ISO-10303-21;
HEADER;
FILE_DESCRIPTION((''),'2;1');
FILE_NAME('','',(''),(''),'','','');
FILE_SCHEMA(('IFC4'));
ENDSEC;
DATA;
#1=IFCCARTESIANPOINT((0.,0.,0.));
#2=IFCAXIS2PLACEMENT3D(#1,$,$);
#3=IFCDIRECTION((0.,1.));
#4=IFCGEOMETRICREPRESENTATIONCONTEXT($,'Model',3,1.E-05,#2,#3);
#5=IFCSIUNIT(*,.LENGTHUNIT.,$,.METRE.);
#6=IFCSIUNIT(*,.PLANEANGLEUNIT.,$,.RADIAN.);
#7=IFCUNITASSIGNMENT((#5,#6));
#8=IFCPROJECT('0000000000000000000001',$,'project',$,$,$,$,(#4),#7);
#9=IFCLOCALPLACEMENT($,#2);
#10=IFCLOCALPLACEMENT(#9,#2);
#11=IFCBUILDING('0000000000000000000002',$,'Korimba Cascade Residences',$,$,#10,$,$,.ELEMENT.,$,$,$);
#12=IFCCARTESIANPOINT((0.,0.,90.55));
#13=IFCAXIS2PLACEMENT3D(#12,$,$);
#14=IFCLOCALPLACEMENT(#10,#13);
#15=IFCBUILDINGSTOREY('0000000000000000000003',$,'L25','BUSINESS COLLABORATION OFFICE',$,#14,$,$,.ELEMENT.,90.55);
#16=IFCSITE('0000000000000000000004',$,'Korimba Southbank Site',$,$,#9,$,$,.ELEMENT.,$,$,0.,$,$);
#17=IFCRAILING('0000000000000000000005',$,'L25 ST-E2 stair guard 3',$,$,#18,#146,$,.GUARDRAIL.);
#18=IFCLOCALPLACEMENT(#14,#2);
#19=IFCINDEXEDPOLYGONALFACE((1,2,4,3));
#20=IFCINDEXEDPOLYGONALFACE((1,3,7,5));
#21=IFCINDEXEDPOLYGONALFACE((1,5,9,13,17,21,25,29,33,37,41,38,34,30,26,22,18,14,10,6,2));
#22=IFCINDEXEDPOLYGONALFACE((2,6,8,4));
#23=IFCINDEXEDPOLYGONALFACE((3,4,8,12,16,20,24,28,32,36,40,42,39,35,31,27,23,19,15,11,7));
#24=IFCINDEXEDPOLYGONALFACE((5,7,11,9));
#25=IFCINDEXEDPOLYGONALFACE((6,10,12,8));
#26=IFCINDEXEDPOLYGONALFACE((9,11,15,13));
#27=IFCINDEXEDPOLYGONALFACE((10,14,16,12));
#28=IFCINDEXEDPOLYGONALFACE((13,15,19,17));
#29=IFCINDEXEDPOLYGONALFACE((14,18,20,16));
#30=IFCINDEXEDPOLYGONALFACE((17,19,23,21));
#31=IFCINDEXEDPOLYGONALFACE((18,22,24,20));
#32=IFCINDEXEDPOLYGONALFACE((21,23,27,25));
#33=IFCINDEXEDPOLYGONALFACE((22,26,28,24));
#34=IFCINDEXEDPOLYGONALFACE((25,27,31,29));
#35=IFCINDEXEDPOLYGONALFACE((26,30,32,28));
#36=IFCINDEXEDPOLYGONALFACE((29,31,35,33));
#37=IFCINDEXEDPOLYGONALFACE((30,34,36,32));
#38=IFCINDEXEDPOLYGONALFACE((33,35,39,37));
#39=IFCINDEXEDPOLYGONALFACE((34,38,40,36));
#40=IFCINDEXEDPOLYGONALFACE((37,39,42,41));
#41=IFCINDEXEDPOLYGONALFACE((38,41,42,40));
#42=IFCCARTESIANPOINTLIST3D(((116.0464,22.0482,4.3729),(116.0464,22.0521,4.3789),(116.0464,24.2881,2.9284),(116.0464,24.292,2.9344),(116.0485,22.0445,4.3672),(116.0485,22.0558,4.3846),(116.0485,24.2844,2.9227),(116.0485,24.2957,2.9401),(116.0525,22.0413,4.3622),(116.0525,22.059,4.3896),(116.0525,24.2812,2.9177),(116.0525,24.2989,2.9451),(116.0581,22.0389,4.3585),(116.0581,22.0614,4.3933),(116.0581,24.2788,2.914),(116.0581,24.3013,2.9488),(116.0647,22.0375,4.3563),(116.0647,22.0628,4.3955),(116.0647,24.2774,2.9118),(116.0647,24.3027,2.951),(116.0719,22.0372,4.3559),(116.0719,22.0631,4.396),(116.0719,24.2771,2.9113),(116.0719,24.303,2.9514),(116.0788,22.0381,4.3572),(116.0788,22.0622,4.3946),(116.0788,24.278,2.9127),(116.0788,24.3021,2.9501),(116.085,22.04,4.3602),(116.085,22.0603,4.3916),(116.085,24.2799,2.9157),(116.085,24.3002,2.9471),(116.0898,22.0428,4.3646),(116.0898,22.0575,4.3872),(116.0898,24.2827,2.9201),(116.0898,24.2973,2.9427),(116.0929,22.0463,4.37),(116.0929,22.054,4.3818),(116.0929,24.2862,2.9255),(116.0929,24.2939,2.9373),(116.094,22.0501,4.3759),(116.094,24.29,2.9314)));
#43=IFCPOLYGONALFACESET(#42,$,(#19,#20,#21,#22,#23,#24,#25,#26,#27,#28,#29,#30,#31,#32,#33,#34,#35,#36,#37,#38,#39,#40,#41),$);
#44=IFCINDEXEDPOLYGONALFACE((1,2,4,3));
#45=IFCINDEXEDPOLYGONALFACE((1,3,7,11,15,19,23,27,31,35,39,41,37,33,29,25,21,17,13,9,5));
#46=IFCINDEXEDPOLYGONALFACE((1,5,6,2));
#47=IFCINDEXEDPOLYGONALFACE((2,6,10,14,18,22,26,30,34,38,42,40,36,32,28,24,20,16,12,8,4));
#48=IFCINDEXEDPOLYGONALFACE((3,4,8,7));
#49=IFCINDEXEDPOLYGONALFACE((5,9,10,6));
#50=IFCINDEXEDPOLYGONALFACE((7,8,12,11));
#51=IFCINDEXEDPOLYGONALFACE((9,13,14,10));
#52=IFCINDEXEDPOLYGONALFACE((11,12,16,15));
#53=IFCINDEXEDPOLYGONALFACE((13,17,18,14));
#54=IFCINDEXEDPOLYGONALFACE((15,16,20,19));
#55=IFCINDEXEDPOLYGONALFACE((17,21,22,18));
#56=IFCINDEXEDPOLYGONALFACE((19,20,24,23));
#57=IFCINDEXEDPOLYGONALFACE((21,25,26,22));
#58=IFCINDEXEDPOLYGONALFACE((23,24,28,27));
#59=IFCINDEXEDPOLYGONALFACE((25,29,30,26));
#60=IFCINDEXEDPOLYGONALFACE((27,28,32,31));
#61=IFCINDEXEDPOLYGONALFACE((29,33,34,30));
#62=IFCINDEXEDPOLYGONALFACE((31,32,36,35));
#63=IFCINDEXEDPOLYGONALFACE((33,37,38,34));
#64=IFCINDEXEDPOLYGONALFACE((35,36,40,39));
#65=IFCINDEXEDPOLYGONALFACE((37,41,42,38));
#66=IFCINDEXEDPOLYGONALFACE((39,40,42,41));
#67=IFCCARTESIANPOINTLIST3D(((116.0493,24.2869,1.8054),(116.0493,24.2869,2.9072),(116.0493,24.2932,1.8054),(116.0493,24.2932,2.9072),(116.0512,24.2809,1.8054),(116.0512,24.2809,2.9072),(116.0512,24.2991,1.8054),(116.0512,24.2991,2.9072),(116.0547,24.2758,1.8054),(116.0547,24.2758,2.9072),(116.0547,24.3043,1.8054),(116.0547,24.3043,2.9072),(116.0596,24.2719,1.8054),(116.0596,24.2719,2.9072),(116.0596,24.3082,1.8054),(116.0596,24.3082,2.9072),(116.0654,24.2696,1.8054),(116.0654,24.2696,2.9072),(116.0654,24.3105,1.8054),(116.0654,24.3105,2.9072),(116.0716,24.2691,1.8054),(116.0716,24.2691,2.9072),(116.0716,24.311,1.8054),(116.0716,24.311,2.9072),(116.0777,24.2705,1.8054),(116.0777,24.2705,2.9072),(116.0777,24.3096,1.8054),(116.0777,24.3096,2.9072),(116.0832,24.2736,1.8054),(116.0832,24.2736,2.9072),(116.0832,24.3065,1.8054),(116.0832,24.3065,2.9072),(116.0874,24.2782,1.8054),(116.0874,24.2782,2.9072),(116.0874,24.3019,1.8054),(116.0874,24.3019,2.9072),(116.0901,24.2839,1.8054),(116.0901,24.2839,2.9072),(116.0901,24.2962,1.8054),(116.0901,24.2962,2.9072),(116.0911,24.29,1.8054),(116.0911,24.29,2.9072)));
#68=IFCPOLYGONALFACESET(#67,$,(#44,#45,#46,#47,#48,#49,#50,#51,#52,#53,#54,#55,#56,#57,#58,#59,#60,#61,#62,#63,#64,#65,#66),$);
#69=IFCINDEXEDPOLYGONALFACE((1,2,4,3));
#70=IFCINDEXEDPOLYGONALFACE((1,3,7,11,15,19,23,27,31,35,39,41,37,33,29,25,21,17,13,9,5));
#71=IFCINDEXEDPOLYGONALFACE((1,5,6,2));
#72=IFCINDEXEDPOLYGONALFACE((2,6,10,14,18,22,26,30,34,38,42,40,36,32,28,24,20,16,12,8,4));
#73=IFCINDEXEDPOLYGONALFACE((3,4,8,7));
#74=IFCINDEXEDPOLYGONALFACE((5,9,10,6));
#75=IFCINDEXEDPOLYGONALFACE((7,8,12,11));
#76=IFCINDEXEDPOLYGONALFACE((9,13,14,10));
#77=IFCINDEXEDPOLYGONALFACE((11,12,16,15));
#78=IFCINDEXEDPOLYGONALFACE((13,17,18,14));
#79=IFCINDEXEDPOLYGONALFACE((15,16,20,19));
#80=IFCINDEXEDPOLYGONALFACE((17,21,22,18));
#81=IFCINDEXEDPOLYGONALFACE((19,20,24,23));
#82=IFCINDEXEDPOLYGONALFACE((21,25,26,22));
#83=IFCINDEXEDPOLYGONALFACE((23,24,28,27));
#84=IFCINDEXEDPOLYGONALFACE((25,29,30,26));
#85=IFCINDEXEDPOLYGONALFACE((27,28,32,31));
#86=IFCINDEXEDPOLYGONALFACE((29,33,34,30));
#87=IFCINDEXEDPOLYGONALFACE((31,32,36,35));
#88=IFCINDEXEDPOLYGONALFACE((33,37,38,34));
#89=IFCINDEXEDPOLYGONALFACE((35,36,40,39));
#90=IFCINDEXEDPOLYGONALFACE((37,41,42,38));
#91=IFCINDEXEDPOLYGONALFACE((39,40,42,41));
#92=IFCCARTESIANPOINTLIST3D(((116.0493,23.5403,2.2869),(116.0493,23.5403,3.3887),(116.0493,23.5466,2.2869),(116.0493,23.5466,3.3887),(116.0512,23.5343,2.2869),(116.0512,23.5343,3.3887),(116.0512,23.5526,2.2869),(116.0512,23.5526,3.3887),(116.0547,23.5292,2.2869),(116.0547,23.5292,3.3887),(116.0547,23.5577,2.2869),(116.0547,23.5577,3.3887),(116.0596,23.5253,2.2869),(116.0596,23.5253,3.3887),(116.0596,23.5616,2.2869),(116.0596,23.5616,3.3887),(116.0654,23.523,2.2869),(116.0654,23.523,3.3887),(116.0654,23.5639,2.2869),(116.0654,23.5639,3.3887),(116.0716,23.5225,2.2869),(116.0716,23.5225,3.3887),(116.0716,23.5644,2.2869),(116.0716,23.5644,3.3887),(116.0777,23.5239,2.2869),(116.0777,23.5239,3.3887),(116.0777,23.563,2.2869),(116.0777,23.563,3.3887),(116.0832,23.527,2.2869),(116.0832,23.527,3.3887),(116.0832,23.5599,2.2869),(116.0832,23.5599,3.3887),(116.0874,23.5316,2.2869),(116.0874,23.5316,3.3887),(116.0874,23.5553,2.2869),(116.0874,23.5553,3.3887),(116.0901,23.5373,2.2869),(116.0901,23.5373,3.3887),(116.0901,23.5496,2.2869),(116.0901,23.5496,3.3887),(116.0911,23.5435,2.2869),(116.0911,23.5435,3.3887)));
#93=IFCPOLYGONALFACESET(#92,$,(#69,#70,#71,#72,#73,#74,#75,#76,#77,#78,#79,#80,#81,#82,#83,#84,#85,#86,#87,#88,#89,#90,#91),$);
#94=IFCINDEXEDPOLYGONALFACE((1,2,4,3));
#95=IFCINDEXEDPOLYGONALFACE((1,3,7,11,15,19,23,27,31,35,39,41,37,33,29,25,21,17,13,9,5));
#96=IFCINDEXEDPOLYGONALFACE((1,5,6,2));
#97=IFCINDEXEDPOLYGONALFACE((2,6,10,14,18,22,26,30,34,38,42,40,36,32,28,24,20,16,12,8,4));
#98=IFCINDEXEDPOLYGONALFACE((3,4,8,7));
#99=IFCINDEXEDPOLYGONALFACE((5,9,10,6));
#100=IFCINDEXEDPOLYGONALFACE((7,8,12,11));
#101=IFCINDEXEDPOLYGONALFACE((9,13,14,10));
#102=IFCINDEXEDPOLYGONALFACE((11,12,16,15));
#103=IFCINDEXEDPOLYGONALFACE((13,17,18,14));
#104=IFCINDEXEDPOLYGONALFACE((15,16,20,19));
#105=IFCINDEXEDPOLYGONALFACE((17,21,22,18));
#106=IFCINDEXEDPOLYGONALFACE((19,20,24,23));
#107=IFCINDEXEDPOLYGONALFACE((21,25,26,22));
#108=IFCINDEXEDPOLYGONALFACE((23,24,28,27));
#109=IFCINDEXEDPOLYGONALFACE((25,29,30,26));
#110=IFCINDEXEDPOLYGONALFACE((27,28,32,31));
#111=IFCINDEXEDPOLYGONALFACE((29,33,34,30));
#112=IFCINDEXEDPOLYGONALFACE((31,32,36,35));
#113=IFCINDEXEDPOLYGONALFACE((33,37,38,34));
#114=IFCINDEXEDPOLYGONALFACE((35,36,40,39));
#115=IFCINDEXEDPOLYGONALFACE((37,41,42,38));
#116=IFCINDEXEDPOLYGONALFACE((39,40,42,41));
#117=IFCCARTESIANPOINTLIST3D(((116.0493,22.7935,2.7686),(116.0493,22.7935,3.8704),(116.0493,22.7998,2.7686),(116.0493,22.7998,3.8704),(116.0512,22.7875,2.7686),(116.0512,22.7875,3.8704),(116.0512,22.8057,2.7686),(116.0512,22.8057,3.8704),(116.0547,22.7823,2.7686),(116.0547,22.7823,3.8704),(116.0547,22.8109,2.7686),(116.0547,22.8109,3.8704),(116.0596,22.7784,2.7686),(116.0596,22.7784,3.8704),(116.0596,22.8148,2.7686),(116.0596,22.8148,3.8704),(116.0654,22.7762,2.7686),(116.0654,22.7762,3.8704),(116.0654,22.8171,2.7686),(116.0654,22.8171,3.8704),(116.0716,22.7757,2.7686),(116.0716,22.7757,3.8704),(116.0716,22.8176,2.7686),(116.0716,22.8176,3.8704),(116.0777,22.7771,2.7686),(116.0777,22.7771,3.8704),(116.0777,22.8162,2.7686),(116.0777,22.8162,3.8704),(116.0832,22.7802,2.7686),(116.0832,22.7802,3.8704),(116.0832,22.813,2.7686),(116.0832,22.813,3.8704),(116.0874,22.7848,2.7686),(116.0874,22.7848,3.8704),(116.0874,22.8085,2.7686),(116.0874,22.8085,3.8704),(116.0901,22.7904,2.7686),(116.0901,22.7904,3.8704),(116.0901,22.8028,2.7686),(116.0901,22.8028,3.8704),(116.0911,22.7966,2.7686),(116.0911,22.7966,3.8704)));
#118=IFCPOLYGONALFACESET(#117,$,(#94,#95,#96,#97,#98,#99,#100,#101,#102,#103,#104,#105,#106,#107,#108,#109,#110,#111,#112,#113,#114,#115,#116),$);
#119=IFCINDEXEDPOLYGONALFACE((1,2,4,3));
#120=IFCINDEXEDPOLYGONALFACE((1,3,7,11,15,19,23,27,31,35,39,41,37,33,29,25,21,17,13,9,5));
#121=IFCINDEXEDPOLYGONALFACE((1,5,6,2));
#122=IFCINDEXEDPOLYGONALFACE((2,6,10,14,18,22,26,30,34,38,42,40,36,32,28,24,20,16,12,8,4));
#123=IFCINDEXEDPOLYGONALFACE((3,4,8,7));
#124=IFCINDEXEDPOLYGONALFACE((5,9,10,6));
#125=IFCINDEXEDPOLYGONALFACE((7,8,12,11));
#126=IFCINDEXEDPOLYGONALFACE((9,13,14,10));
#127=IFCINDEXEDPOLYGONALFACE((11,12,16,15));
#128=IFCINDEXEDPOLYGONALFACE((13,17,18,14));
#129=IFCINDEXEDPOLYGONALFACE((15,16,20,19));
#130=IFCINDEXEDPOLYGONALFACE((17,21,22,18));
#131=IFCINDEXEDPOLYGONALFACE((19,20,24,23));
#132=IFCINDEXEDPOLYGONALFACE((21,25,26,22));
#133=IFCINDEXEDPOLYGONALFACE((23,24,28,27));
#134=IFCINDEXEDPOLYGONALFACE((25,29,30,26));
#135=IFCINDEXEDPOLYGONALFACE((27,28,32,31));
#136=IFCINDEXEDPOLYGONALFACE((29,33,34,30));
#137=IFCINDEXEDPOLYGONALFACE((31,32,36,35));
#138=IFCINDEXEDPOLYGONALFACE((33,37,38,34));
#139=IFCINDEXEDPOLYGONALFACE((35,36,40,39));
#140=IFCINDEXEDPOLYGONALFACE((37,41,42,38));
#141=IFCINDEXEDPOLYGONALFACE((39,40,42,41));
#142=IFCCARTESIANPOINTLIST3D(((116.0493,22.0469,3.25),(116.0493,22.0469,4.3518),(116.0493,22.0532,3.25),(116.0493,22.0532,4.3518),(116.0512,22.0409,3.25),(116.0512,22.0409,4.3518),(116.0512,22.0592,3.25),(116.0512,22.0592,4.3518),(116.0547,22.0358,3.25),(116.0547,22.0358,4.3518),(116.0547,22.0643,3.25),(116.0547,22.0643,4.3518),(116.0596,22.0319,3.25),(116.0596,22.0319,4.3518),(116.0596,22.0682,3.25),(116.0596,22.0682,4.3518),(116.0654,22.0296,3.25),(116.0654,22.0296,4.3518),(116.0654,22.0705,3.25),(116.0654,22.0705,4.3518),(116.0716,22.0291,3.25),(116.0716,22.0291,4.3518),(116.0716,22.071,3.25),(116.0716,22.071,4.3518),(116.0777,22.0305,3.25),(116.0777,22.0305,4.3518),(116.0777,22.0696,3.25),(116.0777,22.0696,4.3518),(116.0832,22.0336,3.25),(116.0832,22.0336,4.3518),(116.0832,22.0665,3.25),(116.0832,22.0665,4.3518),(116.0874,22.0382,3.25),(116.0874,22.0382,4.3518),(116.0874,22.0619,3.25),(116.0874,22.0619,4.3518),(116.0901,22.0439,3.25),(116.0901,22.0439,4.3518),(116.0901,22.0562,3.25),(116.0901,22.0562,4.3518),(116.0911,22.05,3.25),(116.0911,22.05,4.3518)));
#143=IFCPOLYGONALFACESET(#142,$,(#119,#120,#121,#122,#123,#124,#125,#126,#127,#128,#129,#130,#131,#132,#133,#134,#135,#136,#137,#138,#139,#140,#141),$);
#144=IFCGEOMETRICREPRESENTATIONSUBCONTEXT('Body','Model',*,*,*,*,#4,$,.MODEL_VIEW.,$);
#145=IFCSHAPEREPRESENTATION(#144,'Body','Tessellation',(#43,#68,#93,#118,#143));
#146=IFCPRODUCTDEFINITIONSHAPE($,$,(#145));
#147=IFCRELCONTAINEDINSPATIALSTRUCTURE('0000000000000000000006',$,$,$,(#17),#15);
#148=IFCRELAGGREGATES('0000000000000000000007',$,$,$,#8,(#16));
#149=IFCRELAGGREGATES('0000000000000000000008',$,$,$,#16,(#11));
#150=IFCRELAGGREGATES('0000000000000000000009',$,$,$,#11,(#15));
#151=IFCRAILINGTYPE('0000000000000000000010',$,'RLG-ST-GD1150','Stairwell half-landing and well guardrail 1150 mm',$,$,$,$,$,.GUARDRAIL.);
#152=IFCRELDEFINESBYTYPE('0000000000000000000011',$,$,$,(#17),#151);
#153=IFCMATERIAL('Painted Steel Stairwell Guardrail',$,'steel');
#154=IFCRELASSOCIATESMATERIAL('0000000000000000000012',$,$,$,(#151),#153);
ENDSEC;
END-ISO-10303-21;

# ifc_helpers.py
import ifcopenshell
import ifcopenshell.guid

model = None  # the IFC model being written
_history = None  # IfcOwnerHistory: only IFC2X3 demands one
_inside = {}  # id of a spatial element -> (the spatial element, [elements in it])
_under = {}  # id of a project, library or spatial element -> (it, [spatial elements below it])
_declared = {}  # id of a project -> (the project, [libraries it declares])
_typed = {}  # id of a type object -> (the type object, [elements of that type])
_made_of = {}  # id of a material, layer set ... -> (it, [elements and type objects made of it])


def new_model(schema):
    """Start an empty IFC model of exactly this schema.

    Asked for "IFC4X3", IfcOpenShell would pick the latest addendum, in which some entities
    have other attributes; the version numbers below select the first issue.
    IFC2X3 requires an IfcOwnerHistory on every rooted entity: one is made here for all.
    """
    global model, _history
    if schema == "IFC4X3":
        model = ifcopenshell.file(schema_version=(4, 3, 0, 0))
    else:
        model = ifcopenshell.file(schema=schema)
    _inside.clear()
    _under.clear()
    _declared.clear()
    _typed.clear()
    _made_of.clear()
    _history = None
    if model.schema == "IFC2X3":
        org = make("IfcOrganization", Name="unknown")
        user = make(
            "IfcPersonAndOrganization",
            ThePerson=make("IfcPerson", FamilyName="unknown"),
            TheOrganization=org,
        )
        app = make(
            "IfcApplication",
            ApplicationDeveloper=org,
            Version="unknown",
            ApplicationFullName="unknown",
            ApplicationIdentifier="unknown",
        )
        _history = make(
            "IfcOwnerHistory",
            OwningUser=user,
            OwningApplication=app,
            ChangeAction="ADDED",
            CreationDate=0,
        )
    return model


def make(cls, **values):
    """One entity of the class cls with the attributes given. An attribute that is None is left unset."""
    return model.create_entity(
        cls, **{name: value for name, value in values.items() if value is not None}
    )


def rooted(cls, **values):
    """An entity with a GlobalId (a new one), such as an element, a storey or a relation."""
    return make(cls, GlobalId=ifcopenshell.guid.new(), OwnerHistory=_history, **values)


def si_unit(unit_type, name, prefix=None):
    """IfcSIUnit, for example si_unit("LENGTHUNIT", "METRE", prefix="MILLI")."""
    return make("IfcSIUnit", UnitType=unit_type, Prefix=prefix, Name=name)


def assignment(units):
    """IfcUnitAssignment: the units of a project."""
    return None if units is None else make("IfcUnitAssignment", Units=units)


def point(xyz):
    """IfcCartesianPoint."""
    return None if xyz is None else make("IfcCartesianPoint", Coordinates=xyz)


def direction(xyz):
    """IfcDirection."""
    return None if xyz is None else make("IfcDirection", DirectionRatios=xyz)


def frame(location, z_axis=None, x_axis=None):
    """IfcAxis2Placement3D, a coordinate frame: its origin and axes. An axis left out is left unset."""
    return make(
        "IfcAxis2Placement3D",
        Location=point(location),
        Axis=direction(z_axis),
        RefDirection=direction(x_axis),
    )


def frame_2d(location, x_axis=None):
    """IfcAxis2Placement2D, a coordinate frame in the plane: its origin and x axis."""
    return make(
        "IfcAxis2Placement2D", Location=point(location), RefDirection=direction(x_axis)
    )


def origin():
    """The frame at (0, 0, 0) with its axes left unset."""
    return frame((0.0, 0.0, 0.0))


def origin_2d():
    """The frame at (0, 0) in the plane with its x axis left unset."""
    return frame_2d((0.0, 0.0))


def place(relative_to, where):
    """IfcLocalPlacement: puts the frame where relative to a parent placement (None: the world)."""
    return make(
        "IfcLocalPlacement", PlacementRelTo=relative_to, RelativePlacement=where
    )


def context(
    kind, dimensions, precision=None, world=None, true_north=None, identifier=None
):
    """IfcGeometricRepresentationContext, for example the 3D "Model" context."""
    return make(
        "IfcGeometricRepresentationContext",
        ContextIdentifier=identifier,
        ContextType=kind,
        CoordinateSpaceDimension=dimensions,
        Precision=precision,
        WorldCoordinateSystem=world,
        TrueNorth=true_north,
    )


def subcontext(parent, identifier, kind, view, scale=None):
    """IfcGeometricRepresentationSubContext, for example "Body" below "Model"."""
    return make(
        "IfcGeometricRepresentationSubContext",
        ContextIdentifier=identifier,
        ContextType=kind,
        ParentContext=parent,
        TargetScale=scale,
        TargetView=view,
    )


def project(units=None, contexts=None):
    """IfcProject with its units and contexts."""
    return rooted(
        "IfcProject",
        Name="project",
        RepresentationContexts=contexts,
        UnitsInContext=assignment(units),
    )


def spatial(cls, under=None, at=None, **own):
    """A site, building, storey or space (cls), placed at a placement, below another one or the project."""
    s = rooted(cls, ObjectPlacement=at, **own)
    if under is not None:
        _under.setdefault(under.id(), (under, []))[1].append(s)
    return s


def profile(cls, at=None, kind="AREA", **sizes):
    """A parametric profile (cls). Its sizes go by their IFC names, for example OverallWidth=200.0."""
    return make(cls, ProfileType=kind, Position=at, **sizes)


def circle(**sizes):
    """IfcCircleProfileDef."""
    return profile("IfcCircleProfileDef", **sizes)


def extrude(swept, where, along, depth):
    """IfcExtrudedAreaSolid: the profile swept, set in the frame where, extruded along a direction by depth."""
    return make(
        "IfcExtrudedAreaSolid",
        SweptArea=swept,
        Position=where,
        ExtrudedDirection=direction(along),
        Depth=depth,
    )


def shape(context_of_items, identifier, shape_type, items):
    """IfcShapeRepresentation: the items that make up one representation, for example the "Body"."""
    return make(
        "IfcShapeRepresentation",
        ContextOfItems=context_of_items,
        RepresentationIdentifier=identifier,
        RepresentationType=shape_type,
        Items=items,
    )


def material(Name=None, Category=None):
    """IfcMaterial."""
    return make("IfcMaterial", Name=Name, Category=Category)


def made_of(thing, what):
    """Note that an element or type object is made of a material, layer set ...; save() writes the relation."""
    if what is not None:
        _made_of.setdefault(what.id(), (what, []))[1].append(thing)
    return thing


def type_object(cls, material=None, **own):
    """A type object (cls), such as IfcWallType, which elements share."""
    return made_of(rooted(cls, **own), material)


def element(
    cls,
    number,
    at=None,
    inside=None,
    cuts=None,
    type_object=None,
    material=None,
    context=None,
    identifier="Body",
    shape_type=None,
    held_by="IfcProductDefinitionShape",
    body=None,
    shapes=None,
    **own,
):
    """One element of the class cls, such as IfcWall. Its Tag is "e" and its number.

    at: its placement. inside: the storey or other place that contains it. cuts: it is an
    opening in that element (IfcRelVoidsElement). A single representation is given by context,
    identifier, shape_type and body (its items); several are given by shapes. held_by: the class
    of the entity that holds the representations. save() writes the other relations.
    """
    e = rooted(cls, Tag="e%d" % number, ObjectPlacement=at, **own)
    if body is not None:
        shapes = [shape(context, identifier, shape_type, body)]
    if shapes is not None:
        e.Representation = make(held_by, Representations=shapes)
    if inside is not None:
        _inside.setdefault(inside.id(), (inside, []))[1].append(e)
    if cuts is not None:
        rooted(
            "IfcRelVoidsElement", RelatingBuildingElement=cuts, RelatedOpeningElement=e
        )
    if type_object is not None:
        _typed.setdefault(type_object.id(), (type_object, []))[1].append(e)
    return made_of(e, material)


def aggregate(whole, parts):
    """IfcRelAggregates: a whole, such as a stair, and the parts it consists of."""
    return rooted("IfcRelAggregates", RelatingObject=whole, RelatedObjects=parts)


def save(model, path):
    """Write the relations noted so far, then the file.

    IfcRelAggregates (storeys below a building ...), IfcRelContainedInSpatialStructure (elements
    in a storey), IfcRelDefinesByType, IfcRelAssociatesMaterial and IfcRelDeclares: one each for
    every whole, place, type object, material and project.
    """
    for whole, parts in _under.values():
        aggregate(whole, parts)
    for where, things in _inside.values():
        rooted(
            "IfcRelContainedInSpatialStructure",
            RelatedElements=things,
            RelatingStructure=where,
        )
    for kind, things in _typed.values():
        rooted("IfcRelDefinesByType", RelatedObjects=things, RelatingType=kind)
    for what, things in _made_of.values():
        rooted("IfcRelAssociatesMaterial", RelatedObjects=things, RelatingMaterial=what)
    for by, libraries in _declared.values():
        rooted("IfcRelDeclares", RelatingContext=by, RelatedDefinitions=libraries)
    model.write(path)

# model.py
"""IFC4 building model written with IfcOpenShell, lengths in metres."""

from ifc_helpers import new_model, si_unit, direction, frame, origin, origin_2d, place, context, subcontext, project, spatial, circle, extrude, material, type_object, element, save


model = new_model("IFC4")

# Units and contexts
model_context = context("Model", 3, precision=1e-05, world=origin(), true_north=direction((0.0, 1.0)))
body_context = subcontext(model_context, "Body", "Model", "MODEL_VIEW")
ifc_project = project(units=[si_unit("LENGTHUNIT", "METRE"), si_unit("PLANEANGLEUNIT", "RADIAN")], contexts=[model_context])

# Site, building, storey
site_placement = place(None, origin())
site = spatial("IfcSite", under=ifc_project, at=site_placement, Name="Korimba Southbank Site", CompositionType="ELEMENT", RefElevation=0.0)
building_placement = place(site_placement, origin())
building = spatial("IfcBuilding", under=site, at=building_placement, Name="Korimba Cascade Residences", CompositionType="ELEMENT")
storey_placement = place(building_placement, frame((0.0, 0.0, 90.55)))
storey = spatial("IfcBuildingStorey", under=building, at=storey_placement, Name="L25", Description="BUSINESS COLLABORATION OFFICE", CompositionType="ELEMENT", Elevation=90.55)

# Railing
ifc_material_1 = material(Name="Painted Steel Stairwell Guardrail", Category="steel")
railing_type_1 = type_object("IfcRailingType", Name="RLG-ST-GD1150", Description="Stairwell half-landing and well guardrail 1150 mm", PredefinedType="GUARDRAIL", material=ifc_material_1)
railing_1_placement = place(storey_placement, frame((116.0701, 24.29, 1.8054)))
element("IfcRailing", 1, at=railing_1_placement, inside=storey, type_object=railing_type_1, Name="L25 ST-E2 stair guard 3", PredefinedType="GUARDRAIL", context=body_context, shape_type="SweptSolid", body=[
    extrude(circle(Radius=0.0239, at=origin_2d()), frame((0.0, 0.0, 1.126), z_axis=(0.0, -0.840395, 0.541975), x_axis=(1.0, 0.0, 0.0)), (0.0, 0.0, 1.0), 2.6653),
    extrude(circle(Radius=0.021, at=origin_2d()), origin(), (0.0, 0.0, 1.0), 1.1018),
    extrude(circle(Radius=0.021, at=origin_2d()), frame((0.0, -0.7466, 0.4814)), (0.0, 0.0, 1.0), 1.1018),
    extrude(circle(Radius=0.021, at=origin_2d()), frame((0.0, -1.4934, 0.9631)), (0.0, 0.0, 1.0), 1.1018),
    extrude(circle(Radius=0.021, at=origin_2d()), frame((0.0, -2.24, 1.4446)), (0.0, 0.0, 1.0), 1.1018),
])

save(model, "model.ifc")
